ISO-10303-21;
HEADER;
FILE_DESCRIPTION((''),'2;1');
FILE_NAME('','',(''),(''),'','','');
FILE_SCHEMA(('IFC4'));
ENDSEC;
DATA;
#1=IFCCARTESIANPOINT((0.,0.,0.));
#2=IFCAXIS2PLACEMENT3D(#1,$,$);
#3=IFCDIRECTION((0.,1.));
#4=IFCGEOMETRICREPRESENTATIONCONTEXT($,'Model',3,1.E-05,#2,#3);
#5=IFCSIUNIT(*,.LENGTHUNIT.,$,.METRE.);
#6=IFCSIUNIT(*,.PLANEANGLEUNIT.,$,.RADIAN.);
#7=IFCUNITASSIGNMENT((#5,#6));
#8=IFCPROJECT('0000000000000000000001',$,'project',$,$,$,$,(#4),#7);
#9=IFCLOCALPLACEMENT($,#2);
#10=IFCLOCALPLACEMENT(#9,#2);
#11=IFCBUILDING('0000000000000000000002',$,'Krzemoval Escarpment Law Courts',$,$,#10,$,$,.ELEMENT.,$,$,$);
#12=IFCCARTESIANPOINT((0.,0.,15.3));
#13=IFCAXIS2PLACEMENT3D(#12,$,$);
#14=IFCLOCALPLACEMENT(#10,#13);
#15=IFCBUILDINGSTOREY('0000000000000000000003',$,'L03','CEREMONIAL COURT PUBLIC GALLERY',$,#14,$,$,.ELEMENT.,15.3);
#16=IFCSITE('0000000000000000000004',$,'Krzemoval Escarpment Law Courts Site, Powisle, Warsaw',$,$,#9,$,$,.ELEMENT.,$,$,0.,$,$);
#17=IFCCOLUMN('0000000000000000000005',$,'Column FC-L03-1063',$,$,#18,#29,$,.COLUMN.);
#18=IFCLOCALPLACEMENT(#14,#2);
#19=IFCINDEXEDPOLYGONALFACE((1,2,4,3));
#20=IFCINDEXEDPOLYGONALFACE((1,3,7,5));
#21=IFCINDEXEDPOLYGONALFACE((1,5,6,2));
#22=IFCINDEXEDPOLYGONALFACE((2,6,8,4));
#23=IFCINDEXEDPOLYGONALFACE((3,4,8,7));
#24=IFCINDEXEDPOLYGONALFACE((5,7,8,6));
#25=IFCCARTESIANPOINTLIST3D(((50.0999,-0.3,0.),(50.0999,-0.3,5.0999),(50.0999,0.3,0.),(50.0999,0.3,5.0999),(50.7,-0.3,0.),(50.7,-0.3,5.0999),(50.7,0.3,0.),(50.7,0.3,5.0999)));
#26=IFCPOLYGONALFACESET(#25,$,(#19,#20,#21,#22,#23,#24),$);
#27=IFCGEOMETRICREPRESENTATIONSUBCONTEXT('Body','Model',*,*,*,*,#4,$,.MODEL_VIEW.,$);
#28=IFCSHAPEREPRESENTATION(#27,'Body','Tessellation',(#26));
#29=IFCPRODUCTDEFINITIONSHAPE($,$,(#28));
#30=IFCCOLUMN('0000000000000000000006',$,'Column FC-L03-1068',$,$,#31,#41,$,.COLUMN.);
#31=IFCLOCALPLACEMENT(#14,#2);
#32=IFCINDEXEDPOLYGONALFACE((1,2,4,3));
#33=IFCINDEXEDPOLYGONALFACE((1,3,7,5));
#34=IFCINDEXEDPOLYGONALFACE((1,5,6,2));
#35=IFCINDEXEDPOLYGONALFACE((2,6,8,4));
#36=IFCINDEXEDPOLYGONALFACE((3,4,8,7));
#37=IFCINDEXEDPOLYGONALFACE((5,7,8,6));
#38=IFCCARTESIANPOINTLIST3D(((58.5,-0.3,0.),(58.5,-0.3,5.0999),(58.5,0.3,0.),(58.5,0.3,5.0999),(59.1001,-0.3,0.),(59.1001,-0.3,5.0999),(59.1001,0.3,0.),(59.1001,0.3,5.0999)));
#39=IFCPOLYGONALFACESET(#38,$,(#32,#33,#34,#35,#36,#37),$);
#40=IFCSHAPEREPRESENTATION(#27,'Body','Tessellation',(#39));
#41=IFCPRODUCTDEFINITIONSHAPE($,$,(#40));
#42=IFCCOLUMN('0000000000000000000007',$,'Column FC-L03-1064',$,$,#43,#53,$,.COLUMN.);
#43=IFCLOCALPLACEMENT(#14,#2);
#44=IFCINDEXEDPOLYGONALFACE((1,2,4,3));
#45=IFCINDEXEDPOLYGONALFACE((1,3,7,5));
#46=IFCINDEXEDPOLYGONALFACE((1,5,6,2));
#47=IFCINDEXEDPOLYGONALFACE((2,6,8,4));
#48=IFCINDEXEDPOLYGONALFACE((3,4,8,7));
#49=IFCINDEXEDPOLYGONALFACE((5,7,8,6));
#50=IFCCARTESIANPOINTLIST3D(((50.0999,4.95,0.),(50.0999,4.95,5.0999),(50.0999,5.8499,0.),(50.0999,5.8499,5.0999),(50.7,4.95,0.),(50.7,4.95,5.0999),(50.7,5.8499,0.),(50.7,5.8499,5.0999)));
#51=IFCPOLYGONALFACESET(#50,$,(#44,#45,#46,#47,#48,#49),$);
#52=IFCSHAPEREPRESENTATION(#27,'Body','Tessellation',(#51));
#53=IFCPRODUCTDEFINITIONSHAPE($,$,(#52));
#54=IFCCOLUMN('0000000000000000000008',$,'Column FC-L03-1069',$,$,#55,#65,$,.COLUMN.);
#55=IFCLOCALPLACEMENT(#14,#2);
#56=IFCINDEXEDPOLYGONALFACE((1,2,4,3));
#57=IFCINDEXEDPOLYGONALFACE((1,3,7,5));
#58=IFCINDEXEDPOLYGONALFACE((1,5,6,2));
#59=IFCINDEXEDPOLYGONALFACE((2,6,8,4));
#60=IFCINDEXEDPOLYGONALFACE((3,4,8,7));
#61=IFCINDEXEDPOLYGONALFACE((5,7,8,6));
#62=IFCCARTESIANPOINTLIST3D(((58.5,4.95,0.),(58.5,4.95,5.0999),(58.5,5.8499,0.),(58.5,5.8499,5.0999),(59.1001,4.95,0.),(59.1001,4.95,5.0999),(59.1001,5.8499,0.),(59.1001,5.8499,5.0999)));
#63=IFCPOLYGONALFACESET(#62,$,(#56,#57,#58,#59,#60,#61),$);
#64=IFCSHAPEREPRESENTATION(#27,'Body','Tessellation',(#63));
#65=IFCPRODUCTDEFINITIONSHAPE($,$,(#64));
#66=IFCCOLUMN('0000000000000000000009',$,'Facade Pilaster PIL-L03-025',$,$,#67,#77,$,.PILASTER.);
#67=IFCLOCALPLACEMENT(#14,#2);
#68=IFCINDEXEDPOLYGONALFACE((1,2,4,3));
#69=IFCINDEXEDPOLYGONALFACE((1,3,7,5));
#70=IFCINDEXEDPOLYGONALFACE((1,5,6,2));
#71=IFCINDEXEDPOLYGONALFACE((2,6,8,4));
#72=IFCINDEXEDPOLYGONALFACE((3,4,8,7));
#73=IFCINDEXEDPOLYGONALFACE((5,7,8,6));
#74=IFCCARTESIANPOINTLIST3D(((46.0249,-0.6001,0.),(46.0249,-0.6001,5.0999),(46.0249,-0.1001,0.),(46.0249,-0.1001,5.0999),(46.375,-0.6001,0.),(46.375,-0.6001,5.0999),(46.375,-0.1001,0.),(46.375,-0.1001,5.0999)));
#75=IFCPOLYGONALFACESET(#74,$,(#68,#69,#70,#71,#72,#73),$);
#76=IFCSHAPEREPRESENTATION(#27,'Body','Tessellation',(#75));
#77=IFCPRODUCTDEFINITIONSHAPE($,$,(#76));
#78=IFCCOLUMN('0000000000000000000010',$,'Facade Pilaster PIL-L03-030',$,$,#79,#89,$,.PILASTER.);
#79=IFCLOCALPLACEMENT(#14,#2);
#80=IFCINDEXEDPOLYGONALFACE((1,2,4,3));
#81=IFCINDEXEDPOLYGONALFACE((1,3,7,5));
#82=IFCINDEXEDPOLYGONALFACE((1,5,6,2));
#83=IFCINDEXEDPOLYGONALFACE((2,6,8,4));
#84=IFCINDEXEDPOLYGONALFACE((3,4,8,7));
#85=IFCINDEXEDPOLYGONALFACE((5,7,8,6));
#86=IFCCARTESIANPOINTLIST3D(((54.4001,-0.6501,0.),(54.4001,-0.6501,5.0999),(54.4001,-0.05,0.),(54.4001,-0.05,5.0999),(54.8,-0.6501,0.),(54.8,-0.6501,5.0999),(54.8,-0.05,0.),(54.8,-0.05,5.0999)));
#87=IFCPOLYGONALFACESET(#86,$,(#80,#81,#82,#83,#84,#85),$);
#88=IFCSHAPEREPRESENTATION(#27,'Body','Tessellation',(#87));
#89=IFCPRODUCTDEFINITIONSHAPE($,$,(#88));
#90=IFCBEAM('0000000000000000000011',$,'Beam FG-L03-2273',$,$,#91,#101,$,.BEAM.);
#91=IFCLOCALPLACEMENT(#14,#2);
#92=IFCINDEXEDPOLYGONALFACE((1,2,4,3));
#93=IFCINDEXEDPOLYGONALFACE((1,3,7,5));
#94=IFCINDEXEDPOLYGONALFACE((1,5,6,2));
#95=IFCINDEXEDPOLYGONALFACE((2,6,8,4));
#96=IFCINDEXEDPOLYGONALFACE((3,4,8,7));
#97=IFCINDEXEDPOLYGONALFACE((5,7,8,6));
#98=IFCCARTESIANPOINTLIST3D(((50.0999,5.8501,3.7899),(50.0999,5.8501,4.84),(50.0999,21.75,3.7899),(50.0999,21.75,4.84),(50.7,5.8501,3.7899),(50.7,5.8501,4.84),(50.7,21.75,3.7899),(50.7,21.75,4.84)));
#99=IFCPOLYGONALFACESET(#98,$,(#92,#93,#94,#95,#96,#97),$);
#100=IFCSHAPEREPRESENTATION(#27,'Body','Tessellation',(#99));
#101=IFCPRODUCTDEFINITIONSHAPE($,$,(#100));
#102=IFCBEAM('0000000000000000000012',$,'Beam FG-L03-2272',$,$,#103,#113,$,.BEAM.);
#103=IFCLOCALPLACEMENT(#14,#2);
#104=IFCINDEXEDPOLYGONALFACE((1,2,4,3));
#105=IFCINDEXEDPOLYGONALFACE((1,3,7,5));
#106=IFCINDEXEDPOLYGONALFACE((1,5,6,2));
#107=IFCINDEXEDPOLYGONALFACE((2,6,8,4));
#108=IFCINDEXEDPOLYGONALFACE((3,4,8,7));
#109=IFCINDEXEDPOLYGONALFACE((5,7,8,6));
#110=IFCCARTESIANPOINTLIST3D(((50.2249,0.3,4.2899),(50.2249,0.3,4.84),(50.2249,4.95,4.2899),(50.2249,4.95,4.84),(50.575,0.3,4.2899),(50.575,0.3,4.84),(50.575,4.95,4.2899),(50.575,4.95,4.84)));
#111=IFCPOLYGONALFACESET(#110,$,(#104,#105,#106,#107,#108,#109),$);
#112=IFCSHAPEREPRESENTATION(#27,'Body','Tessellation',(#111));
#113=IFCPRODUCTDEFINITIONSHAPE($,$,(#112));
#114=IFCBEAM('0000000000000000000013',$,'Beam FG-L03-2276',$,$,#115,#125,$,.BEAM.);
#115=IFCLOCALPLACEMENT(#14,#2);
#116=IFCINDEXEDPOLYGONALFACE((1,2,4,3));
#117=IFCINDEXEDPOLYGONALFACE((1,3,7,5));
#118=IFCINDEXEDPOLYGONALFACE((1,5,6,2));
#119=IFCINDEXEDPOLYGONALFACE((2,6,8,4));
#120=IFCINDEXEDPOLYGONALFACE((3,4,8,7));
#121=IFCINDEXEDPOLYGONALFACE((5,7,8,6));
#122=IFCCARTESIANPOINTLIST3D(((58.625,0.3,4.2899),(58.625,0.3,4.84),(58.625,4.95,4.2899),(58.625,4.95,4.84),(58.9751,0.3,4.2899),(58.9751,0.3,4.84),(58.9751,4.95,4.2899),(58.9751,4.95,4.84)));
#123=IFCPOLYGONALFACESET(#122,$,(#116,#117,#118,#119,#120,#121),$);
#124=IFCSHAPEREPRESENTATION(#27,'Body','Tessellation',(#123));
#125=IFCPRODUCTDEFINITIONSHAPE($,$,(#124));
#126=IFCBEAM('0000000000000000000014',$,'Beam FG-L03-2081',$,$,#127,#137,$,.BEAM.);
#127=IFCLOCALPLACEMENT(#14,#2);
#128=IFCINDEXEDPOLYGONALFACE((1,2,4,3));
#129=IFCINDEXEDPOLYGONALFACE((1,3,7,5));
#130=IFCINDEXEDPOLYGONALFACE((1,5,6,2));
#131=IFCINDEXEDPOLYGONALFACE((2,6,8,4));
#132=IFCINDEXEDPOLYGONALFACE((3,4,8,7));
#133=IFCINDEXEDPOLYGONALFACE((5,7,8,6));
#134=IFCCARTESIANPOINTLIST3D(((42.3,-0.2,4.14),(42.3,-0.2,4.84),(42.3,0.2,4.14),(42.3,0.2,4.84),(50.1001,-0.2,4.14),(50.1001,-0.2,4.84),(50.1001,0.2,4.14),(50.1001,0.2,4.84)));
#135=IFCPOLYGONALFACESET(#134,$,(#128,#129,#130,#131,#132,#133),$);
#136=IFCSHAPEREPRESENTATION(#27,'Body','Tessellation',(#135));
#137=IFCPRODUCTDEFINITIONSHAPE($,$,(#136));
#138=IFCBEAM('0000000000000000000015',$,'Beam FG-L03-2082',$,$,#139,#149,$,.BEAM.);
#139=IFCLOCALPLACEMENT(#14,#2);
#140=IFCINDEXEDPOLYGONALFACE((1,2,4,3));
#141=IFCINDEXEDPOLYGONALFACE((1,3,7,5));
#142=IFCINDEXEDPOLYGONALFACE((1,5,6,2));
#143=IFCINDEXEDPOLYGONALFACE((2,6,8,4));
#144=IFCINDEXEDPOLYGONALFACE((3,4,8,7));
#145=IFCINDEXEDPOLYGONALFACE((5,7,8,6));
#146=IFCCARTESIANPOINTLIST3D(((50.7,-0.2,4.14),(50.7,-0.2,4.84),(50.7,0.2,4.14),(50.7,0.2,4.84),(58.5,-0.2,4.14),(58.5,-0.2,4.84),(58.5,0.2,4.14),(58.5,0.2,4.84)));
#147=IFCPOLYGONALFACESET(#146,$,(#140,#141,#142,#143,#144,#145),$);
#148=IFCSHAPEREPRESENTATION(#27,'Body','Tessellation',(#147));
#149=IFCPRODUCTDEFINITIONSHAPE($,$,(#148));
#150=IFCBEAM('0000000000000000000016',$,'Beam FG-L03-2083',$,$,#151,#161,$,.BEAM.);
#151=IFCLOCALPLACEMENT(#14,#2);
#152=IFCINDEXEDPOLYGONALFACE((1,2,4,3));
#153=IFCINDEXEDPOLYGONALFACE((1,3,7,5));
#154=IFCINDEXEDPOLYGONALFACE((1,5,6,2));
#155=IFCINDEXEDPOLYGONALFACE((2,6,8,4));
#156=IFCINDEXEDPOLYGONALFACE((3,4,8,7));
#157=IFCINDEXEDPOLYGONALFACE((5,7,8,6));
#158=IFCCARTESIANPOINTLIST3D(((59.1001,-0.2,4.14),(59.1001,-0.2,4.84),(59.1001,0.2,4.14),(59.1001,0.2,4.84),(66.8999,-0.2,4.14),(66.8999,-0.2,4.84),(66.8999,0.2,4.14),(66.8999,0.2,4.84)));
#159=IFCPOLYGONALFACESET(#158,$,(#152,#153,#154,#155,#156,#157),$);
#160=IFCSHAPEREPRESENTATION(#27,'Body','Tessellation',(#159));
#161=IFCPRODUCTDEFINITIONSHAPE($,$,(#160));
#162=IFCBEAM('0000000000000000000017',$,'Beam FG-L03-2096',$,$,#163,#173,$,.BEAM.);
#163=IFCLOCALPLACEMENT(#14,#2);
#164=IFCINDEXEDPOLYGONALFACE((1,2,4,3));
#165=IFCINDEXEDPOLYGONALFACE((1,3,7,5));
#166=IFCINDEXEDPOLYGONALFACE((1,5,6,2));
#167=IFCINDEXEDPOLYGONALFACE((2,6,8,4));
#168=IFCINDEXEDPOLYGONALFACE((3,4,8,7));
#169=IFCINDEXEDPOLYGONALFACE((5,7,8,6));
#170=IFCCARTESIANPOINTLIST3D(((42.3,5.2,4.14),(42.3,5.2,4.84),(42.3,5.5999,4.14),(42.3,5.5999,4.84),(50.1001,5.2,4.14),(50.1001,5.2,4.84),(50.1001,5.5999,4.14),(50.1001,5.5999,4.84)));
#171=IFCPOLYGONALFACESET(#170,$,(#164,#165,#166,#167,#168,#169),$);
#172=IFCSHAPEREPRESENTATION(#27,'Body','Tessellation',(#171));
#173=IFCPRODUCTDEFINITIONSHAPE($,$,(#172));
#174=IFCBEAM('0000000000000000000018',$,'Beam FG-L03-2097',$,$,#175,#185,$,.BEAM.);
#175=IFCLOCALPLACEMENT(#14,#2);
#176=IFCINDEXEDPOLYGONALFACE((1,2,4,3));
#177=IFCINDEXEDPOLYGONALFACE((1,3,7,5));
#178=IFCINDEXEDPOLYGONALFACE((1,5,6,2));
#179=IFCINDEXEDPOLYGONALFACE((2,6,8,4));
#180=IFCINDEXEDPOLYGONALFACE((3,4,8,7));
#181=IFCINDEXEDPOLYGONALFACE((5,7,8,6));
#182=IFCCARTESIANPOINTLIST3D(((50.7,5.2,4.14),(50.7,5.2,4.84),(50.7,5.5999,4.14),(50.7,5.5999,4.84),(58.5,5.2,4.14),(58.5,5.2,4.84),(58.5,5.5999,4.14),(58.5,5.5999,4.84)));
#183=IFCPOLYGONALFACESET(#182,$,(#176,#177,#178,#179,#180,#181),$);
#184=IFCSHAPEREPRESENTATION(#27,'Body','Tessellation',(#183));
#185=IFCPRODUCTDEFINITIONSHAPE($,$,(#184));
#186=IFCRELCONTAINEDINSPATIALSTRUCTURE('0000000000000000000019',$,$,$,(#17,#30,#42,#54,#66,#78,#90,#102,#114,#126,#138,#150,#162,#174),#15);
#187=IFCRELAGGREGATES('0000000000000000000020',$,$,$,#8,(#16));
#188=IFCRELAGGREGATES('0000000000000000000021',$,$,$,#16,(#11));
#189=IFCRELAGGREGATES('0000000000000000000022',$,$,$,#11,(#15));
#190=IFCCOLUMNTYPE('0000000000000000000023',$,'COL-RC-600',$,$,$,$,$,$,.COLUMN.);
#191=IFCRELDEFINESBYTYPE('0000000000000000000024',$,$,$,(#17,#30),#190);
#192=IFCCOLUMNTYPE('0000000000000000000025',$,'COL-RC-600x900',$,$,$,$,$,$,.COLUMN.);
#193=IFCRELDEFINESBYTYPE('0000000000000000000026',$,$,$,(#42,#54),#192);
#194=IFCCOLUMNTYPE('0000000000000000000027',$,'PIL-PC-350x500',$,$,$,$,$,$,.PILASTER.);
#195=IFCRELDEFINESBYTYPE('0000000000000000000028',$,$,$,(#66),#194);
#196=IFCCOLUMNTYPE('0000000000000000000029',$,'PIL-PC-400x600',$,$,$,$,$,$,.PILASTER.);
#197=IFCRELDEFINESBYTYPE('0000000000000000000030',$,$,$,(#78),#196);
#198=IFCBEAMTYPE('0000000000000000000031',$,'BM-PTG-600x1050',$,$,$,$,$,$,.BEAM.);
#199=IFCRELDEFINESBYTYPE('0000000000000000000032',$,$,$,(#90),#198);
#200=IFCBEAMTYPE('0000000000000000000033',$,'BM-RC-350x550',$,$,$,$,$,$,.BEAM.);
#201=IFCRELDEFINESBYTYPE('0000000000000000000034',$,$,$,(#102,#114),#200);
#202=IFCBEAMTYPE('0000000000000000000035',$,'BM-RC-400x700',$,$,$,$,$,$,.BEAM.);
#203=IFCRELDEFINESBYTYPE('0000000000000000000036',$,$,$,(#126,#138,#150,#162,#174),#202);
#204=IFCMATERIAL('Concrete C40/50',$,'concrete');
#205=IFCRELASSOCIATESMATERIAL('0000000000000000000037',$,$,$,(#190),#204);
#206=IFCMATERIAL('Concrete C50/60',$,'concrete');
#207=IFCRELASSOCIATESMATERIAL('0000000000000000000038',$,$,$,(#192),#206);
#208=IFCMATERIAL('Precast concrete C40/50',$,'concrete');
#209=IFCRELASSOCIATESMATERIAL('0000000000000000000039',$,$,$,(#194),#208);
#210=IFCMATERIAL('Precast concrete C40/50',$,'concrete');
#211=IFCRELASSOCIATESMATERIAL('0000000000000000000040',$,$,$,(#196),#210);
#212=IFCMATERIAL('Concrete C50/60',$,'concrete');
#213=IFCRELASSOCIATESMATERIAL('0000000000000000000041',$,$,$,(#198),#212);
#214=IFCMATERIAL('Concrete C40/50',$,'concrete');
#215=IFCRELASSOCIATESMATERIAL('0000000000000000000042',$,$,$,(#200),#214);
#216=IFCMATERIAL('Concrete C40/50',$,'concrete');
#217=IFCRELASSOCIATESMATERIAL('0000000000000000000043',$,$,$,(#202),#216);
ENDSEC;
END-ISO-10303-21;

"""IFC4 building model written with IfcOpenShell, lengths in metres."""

from ifc_helpers import new_model, si_unit, direction, frame, origin, origin_2d, place, context, subcontext, project, spatial, rectangle, extrude, material, material_profile, profile_set, type_object, element, save


model = new_model("IFC4")

# Units and contexts
model_context = context("Model", 3, precision=1e-05, world=origin(), true_north=direction((0.0, 1.0)))
body_context = subcontext(model_context, "Body", "Model", "MODEL_VIEW")
ifc_project = project(units=[si_unit("LENGTHUNIT", "METRE"), si_unit("PLANEANGLEUNIT", "RADIAN")], contexts=[model_context])

# Site, building, storey
site_placement = place(None, origin())
site = spatial("IfcSite", under=ifc_project, at=site_placement, Name="Krzemoval Escarpment Law Courts Site, Powisle, Warsaw", CompositionType="ELEMENT", RefElevation=0.0)
building_placement = place(site_placement, origin())
building = spatial("IfcBuilding", under=site, at=building_placement, Name="Krzemoval Escarpment Law Courts", CompositionType="ELEMENT")
storey_placement = place(building_placement, frame((0.0, 0.0, 15.3)))
storey = spatial("IfcBuildingStorey", under=building, at=storey_placement, Name="L03", Description="CEREMONIAL COURT PUBLIC GALLERY", CompositionType="ELEMENT", Elevation=15.3)

# Columns
ifc_material_1 = material(Name="Concrete C40/50", Category="concrete")
ifc_material_profile_1 = material_profile(ifc_material_1, rectangle(XDim=0.6001, YDim=0.6001, at=origin_2d()), Name="RC 600x600")
ifc_profile_set_1 = profile_set([ifc_material_profile_1], Name="Concrete C40/50")
column_type_1 = type_object("IfcColumnType", Name="COL-RC-600", PredefinedType="COLUMN", material=ifc_profile_set_1)
for number, where, z_axis, x_axis, name in (
    (1, (50.3999, 0.0, 0.0), (0.0, 0.0, 1.0), (1.0, 0.0, 0.0), "Column FC-L03-1063"),
    (2, (58.8, 0.0, 0.0), (0.0, 0.0, 1.0), (1.0, 0.0, 0.0), "Column FC-L03-1068"),
):
    element("IfcColumn", number, at=place(storey_placement, frame(where, z_axis=z_axis, x_axis=x_axis)), inside=storey, type_object=column_type_1, Name=name, PredefinedType="COLUMN", context=body_context, shape_type="SweptSolid", body=[
        extrude(rectangle(XDim=0.6001, YDim=0.6001, at=origin_2d()), origin(), (0.0, 0.0, 1.0), 5.0999),
    ])
ifc_material_2 = material(Name="Concrete C50/60", Category="concrete")
ifc_material_profile_2 = material_profile(ifc_material_2, rectangle(XDim=0.6001, YDim=0.8999, at=origin_2d()), Name="RC 600x900")
ifc_profile_set_2 = profile_set([ifc_material_profile_2], Name="Concrete C50/60")
column_type_2 = type_object("IfcColumnType", Name="COL-RC-600x900", PredefinedType="COLUMN", material=ifc_profile_set_2)
for number, where, z_axis, x_axis, name in (
    (3, (50.3999, 5.3999, 0.0), (0.0, 0.0, 1.0), (1.0, 0.0, 0.0), "Column FC-L03-1064"),
    (4, (58.8, 5.3999, 0.0), (0.0, 0.0, 1.0), (1.0, 0.0, 0.0), "Column FC-L03-1069"),
):
    element("IfcColumn", number, at=place(storey_placement, frame(where, z_axis=z_axis, x_axis=x_axis)), inside=storey, type_object=column_type_2, Name=name, PredefinedType="COLUMN", context=body_context, shape_type="SweptSolid", body=[
        extrude(rectangle(XDim=0.6001, YDim=0.8999, at=origin_2d()), origin(), (0.0, 0.0, 1.0), 5.0999),
    ])
ifc_material_3 = material(Name="Precast concrete C40/50", Category="concrete")
ifc_material_profile_3 = material_profile(ifc_material_3, rectangle(XDim=0.3501, YDim=0.5, at=origin_2d()), Name="PIL 350x500")
ifc_profile_set_3 = profile_set([ifc_material_profile_3], Name="Precast concrete C40/50")
column_type_3 = type_object("IfcColumnType", Name="PIL-PC-350x500", PredefinedType="PILASTER", material=ifc_profile_set_3)
column_1_placement = place(storey_placement, frame((46.2, -0.3501, 0.0), z_axis=(0.0, 0.0, 1.0), x_axis=(1.0, 0.0, 0.0)))
element("IfcColumn", 5, at=column_1_placement, inside=storey, type_object=column_type_3, Name="Facade Pilaster PIL-L03-025", PredefinedType="PILASTER", context=body_context, shape_type="SweptSolid", body=[
    extrude(rectangle(XDim=0.3501, YDim=0.5, at=origin_2d()), origin(), (0.0, 0.0, 1.0), 5.0999),
])
ifc_material_4 = material(Name="Precast concrete C40/50", Category="concrete")
ifc_material_profile_4 = material_profile(ifc_material_4, rectangle(XDim=0.3999, YDim=0.6001, at=origin_2d()), Name="PIL 400x600")
ifc_profile_set_4 = profile_set([ifc_material_profile_4], Name="Precast concrete C40/50")
column_type_4 = type_object("IfcColumnType", Name="PIL-PC-400x600", PredefinedType="PILASTER", material=ifc_profile_set_4)
column_2_placement = place(storey_placement, frame((54.6001, -0.3501, 0.0), z_axis=(0.0, 0.0, 1.0), x_axis=(1.0, 0.0, 0.0)))
element("IfcColumn", 6, at=column_2_placement, inside=storey, type_object=column_type_4, Name="Facade Pilaster PIL-L03-030", PredefinedType="PILASTER", context=body_context, shape_type="SweptSolid", body=[
    extrude(rectangle(XDim=0.3999, YDim=0.6001, at=origin_2d()), origin(), (0.0, 0.0, 1.0), 5.0999),
])

# Beams
ifc_material_5 = material(Name="Concrete C50/60", Category="concrete")
ifc_material_profile_5 = material_profile(ifc_material_5, rectangle(XDim=0.6001, YDim=1.05, at=origin_2d()), Name="PTG 600x1050")
ifc_profile_set_5 = profile_set([ifc_material_profile_5], Name="Concrete C50/60")
beam_type_1 = type_object("IfcBeamType", Name="BM-PTG-600x1050", PredefinedType="BEAM", material=ifc_profile_set_5)
beam_1_placement = place(storey_placement, frame((50.3999, 5.8501, 4.3149), z_axis=(0.0, 1.0, 0.0), x_axis=(-1.0, 0.0, 0.0)))
element("IfcBeam", 7, at=beam_1_placement, inside=storey, type_object=beam_type_1, Name="Beam FG-L03-2273", PredefinedType="BEAM", context=body_context, shape_type="SweptSolid", body=[
    extrude(rectangle(XDim=0.6001, YDim=1.05, at=origin_2d()), origin(), (0.0, 0.0, 1.0), 15.8999),
])
ifc_material_6 = material(Name="Concrete C40/50", Category="concrete")
ifc_material_profile_6 = material_profile(ifc_material_6, rectangle(XDim=0.3501, YDim=0.55, at=origin_2d()), Name="RCB 350x550")
ifc_profile_set_6 = profile_set([ifc_material_profile_6], Name="Concrete C40/50")
beam_type_2 = type_object("IfcBeamType", Name="BM-RC-350x550", PredefinedType="BEAM", material=ifc_profile_set_6)
for number, where, z_axis, x_axis, name in (
    (8, (50.3999, 0.3, 4.5649), (0.0, 1.0, 0.0), (-1.0, 0.0, 0.0), "Beam FG-L03-2272"),
    (9, (58.8, 0.3, 4.5649), (0.0, 1.0, 0.0), (-1.0, 0.0, 0.0), "Beam FG-L03-2276"),
):
    element("IfcBeam", number, at=place(storey_placement, frame(where, z_axis=z_axis, x_axis=x_axis)), inside=storey, type_object=beam_type_2, Name=name, PredefinedType="BEAM", context=body_context, shape_type="SweptSolid", body=[
        extrude(rectangle(XDim=0.3501, YDim=0.55, at=origin_2d()), origin(), (0.0, 0.0, 1.0), 4.6499),
    ])
ifc_material_7 = material(Name="Concrete C40/50", Category="concrete")
ifc_material_profile_7 = material_profile(ifc_material_7, rectangle(XDim=0.3999, YDim=0.7, at=origin_2d()), Name="RCB 400x700")
ifc_profile_set_7 = profile_set([ifc_material_profile_7], Name="Concrete C40/50")
beam_type_3 = type_object("IfcBeamType", Name="BM-RC-400x700", PredefinedType="BEAM", material=ifc_profile_set_7)
for number, where, z_axis, x_axis, name in (
    (10, (42.3, 0.0, 4.49), (1.0, 0.0, 0.0), (0.0, 1.0, 0.0), "Beam FG-L03-2081"),
    (11, (50.7, 0.0, 4.49), (1.0, 0.0, 0.0), (0.0, 1.0, 0.0), "Beam FG-L03-2082"),
):
    element("IfcBeam", number, at=place(storey_placement, frame(where, z_axis=z_axis, x_axis=x_axis)), inside=storey, type_object=beam_type_3, Name=name, PredefinedType="BEAM", context=body_context, shape_type="SweptSolid", body=[
        extrude(rectangle(XDim=0.3999, YDim=0.7, at=origin_2d()), origin(), (0.0, 0.0, 1.0), 7.8),
    ])
beam_2_placement = place(storey_placement, frame((59.1001, 0.0, 4.49), z_axis=(1.0, 0.0, 0.0), x_axis=(0.0, 1.0, 0.0)))
element("IfcBeam", 12, at=beam_2_placement, inside=storey, type_object=beam_type_3, Name="Beam FG-L03-2083", PredefinedType="BEAM", context=body_context, shape_type="SweptSolid", body=[
    extrude(rectangle(XDim=0.3999, YDim=0.7, at=origin_2d()), origin(), (0.0, 0.0, 1.0), 7.7998),
])
for number, where, z_axis, x_axis, name in (
    (13, (42.3, 5.3999, 4.49), (1.0, 0.0, 0.0), (0.0, 1.0, 0.0), "Beam FG-L03-2096"),
    (14, (50.7, 5.3999, 4.49), (1.0, 0.0, 0.0), (0.0, 1.0, 0.0), "Beam FG-L03-2097"),
):
    element("IfcBeam", number, at=place(storey_placement, frame(where, z_axis=z_axis, x_axis=x_axis)), inside=storey, type_object=beam_type_3, Name=name, PredefinedType="BEAM", context=body_context, shape_type="SweptSolid", body=[
        extrude(rectangle(XDim=0.3999, YDim=0.7, at=origin_2d()), origin(), (0.0, 0.0, 1.0), 7.8),
    ])

save(model, "model.ifc")
